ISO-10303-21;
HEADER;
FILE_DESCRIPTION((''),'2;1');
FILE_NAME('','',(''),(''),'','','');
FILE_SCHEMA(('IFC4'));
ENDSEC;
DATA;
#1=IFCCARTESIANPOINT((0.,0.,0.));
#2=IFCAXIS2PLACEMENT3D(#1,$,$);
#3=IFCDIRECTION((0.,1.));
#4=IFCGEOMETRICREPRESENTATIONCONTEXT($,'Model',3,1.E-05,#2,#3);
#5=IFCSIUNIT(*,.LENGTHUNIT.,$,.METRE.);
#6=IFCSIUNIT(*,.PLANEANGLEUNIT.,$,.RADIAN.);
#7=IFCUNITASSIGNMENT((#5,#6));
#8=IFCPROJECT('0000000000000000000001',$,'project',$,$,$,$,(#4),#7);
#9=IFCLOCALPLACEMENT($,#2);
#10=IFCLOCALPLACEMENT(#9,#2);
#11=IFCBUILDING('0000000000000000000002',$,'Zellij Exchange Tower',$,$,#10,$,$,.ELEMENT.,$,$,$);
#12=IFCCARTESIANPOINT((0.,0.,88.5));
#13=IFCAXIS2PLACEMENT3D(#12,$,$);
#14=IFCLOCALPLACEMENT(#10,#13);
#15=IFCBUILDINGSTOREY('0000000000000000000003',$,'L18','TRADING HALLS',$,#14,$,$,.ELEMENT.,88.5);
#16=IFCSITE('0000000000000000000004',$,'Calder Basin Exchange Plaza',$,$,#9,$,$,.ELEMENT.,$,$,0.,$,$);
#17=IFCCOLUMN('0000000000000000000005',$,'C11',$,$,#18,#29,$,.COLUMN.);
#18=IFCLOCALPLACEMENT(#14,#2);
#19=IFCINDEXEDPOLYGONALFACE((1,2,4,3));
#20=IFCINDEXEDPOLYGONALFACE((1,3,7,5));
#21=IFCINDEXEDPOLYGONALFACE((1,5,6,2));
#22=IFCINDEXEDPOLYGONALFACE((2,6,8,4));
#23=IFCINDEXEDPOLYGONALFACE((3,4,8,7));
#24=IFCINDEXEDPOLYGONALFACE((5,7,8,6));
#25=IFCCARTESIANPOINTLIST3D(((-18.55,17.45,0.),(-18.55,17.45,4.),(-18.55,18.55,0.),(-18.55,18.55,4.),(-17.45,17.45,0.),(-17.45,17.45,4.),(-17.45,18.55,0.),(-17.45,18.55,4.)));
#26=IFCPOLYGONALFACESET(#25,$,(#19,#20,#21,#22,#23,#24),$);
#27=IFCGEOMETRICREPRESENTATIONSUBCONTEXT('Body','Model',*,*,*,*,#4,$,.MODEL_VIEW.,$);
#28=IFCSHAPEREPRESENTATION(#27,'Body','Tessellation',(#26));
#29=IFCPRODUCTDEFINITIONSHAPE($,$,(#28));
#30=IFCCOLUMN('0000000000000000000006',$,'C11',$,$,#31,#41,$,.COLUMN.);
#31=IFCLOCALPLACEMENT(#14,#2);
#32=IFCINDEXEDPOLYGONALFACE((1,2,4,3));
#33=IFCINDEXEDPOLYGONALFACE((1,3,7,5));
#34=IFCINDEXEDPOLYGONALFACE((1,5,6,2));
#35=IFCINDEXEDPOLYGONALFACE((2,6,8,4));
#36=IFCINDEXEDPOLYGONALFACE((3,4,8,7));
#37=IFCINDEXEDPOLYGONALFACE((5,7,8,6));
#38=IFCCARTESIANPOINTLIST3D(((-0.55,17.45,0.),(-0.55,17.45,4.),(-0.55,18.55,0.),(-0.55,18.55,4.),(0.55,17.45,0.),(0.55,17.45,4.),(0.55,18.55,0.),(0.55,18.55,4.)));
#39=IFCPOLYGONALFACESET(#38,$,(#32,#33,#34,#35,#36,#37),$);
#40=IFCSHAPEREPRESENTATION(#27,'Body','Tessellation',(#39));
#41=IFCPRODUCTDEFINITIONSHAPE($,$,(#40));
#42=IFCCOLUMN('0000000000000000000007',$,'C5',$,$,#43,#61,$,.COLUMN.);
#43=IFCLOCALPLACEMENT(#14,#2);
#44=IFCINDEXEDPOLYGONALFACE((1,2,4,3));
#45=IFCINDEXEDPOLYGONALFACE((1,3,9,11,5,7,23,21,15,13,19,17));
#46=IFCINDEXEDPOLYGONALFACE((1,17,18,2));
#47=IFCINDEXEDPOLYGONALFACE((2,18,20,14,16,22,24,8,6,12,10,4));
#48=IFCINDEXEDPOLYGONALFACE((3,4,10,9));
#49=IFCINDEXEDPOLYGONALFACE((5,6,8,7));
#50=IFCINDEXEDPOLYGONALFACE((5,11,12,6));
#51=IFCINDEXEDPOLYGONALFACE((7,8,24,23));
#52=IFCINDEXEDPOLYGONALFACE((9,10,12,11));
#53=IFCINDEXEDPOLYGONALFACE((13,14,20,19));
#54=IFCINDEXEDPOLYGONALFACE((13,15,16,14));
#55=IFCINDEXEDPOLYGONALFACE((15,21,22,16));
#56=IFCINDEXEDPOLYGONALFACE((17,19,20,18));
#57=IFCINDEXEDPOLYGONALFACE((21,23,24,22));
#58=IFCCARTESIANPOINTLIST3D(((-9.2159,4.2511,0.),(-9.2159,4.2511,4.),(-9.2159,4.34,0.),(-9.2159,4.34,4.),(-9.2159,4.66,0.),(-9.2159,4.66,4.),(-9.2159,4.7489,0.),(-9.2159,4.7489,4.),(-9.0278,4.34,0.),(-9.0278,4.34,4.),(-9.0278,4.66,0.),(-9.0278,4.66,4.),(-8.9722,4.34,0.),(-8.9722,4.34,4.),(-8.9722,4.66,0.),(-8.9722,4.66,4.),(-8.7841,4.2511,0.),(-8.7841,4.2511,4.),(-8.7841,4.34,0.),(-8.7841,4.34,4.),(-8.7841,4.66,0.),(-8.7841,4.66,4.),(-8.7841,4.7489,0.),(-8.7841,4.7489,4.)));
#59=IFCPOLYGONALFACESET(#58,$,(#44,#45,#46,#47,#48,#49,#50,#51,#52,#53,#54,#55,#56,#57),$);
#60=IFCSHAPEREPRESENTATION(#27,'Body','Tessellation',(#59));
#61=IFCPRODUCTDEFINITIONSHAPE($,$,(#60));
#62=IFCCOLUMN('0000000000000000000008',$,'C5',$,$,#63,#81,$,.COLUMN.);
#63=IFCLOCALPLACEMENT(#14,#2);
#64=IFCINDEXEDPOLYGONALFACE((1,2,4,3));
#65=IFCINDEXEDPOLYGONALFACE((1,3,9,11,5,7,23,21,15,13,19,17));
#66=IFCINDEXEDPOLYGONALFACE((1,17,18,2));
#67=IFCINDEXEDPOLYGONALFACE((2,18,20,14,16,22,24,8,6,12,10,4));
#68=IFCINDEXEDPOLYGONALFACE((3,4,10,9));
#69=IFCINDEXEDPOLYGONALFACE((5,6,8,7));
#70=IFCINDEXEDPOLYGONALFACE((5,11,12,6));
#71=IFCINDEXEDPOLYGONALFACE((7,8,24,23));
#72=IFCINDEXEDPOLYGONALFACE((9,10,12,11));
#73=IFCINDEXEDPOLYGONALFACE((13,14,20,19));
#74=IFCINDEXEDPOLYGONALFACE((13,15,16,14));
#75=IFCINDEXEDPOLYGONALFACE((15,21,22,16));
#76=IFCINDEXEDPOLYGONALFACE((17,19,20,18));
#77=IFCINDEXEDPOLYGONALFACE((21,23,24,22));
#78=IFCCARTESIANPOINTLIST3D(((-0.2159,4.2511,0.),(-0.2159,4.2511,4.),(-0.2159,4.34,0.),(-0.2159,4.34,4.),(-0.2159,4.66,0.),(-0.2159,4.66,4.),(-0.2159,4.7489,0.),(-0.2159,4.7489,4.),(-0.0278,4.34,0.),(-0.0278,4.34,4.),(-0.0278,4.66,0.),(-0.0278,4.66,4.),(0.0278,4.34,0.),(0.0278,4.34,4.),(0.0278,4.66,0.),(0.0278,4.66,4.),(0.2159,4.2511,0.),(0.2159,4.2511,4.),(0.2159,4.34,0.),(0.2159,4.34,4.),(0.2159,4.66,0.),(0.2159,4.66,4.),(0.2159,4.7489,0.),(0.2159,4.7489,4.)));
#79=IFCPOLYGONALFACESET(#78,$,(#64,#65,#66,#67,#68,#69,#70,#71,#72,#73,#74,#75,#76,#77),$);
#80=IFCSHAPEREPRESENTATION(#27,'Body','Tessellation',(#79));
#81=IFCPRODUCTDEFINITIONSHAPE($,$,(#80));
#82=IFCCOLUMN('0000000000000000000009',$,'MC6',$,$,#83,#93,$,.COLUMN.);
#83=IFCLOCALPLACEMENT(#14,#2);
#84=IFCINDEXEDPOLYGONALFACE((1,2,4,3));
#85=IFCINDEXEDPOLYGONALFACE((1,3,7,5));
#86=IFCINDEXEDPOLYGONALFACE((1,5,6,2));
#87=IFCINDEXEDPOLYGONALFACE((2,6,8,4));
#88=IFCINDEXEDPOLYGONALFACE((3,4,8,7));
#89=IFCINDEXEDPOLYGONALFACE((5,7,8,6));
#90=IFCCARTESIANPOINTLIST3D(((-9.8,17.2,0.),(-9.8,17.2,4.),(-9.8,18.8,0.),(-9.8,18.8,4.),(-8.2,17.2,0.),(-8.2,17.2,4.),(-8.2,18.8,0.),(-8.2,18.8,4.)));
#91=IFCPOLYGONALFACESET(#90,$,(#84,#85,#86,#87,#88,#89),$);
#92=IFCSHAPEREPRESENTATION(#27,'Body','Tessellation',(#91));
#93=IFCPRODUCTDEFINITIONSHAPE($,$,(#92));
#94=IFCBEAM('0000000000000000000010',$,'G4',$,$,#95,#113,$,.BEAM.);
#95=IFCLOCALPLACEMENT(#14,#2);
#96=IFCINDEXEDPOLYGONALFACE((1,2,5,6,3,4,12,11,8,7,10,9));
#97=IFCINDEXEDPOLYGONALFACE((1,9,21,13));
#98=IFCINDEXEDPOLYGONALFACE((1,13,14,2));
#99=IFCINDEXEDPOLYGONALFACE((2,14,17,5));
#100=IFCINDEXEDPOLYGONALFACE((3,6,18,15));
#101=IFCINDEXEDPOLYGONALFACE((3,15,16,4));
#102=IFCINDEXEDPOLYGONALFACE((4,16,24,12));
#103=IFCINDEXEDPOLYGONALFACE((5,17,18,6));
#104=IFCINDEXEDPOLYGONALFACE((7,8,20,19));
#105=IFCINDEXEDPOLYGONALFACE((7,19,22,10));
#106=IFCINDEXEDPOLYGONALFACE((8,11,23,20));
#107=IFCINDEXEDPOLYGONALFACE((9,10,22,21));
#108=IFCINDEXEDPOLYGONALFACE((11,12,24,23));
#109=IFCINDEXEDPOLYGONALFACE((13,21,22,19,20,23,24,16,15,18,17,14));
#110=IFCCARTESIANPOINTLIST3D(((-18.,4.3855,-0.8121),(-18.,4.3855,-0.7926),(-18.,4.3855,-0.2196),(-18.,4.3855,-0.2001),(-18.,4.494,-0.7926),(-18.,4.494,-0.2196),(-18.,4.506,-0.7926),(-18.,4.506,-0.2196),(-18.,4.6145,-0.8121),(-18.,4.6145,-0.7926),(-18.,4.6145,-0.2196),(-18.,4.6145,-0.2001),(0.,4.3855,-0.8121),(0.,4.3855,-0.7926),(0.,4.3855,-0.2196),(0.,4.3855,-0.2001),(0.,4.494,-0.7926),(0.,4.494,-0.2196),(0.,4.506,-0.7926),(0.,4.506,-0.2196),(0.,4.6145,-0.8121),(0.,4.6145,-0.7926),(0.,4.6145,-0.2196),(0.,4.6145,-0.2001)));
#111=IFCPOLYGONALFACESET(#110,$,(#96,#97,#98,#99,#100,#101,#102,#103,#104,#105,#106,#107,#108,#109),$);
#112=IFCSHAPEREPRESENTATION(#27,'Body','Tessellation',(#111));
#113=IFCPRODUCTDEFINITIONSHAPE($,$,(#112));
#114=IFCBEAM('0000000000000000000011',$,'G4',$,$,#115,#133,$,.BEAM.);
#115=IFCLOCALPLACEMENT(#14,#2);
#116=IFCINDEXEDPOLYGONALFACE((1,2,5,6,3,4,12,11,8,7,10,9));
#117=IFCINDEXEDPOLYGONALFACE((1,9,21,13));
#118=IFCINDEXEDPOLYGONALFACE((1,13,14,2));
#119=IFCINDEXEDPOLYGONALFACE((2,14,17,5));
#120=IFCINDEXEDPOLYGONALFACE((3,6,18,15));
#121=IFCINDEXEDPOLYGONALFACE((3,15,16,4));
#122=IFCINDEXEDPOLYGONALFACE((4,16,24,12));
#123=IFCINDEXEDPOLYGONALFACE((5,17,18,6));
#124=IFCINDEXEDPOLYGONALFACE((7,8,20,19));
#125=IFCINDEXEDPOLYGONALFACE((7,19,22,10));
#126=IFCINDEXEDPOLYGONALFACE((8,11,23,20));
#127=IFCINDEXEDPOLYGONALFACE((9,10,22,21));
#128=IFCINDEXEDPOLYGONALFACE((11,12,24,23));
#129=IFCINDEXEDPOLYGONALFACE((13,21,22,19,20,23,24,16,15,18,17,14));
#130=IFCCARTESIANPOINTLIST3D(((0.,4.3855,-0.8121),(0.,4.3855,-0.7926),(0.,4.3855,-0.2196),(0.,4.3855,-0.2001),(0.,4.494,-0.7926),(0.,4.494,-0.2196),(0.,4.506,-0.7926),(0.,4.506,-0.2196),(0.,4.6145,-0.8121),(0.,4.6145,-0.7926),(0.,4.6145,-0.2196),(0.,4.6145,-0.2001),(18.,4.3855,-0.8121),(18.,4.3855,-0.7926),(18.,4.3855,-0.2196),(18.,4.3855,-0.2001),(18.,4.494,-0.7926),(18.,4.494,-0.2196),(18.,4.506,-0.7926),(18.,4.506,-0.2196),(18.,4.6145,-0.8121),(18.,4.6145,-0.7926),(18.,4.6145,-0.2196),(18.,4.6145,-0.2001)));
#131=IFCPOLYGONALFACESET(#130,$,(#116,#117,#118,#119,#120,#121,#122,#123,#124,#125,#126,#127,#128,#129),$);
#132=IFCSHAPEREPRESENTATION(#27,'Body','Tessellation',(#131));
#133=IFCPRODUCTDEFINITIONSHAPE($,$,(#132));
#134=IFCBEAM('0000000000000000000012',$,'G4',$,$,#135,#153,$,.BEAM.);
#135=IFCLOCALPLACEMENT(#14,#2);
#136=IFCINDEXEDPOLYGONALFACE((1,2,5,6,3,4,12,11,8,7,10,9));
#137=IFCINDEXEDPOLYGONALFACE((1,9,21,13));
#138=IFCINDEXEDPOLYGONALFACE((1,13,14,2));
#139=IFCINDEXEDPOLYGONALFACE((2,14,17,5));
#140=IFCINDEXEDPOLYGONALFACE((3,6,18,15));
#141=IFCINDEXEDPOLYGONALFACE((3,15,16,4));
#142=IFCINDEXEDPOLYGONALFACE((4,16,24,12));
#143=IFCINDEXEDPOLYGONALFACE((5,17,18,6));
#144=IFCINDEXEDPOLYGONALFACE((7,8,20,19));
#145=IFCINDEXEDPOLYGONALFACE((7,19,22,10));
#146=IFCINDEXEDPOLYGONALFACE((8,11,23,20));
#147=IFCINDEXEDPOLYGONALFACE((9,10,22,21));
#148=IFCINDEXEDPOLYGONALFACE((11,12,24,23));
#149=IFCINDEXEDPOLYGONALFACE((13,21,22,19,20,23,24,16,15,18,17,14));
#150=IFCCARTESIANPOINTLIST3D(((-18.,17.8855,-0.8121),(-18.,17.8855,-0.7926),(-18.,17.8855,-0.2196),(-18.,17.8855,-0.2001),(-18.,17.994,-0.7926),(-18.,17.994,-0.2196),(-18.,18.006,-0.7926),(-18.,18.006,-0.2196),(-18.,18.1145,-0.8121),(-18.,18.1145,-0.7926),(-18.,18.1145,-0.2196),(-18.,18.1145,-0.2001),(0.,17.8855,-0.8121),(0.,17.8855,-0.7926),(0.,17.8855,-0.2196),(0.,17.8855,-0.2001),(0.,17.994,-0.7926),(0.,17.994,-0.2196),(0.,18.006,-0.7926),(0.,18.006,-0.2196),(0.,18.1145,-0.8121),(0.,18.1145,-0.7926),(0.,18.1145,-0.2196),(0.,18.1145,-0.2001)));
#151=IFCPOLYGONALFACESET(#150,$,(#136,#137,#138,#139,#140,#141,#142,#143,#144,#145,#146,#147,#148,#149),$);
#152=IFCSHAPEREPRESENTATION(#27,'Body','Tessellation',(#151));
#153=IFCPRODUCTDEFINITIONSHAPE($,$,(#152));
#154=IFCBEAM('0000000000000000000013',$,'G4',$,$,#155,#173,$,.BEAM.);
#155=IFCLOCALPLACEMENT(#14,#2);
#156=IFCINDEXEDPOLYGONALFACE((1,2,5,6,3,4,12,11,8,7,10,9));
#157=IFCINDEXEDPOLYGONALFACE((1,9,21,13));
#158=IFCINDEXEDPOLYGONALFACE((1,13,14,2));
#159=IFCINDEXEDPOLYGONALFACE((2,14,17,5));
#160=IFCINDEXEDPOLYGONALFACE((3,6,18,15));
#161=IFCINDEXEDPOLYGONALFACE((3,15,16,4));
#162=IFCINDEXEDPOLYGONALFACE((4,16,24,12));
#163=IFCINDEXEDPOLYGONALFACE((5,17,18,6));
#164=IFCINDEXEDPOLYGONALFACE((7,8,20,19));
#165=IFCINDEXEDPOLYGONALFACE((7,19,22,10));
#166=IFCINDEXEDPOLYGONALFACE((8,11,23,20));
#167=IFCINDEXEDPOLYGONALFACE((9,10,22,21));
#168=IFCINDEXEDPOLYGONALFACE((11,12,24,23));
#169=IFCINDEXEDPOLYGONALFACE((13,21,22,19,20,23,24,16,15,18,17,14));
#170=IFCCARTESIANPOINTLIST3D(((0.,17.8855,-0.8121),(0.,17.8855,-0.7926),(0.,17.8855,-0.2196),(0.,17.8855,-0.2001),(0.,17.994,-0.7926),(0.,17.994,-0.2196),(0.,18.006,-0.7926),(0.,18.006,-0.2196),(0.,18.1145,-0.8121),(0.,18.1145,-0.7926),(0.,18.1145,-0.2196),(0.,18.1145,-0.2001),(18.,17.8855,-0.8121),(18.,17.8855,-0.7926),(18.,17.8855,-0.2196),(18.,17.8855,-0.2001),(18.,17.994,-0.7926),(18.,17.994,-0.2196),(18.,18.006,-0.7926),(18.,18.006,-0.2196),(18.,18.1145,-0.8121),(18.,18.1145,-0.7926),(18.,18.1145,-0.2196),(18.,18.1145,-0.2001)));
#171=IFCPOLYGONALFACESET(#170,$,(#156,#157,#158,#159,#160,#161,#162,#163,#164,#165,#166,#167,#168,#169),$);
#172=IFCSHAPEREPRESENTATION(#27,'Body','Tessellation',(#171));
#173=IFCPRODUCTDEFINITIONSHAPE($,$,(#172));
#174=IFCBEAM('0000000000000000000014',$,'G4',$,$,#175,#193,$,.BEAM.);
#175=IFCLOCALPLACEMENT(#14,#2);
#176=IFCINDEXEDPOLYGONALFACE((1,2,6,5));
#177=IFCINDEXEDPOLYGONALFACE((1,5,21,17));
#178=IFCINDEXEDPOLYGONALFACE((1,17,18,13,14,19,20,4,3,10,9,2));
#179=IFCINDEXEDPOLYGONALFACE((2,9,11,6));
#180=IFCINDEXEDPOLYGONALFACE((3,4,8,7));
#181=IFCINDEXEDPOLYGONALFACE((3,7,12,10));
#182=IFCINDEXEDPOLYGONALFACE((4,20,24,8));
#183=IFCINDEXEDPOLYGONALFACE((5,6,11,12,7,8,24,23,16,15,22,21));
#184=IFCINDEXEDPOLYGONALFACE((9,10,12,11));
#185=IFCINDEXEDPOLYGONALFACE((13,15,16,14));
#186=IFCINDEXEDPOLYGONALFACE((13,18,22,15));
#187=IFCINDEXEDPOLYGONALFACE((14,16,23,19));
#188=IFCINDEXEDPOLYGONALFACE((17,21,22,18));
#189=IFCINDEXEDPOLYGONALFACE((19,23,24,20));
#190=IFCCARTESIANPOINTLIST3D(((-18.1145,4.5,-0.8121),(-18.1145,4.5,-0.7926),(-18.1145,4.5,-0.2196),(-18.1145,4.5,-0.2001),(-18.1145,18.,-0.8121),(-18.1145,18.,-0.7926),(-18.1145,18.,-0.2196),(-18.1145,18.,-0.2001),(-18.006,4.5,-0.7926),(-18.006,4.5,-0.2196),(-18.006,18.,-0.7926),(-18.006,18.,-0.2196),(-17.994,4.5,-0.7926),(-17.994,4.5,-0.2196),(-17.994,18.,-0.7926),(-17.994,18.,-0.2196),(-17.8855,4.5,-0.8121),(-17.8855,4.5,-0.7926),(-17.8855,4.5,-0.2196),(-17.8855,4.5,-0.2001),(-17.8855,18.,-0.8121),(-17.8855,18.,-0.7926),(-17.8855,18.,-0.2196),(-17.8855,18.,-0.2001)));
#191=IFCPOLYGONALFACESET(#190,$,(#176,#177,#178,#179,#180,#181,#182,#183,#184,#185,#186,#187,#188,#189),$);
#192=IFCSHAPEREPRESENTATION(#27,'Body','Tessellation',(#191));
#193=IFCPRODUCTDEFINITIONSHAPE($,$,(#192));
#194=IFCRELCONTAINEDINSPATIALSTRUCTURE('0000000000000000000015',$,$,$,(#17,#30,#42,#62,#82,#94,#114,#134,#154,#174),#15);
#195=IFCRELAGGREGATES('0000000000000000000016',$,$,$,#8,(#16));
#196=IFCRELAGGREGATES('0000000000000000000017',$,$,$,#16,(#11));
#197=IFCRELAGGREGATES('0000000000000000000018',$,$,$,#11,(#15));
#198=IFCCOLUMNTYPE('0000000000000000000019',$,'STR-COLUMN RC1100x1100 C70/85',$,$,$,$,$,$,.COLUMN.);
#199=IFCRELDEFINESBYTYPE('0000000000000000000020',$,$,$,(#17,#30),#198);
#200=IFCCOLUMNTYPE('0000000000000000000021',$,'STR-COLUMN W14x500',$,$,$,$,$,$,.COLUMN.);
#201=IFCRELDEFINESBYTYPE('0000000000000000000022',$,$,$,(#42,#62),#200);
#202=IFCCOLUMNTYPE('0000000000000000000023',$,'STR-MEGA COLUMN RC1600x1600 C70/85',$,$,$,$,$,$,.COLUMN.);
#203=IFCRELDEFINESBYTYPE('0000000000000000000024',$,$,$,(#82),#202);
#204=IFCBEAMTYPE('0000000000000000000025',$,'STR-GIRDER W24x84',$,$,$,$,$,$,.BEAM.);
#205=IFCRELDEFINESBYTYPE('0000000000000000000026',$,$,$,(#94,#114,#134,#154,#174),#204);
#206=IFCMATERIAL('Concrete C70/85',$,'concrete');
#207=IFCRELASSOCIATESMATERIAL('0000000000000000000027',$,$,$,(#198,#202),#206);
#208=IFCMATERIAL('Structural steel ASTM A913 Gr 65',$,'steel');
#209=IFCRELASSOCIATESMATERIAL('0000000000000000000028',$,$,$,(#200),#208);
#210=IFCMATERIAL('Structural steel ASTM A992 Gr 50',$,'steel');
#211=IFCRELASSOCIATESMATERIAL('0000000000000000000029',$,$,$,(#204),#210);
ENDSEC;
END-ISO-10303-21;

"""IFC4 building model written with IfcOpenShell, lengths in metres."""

from ifc_helpers import new_model, si_unit, direction, frame, origin, origin_2d, place, context, subcontext, project, spatial, rectangle, i_section, extrude, material, material_profile, profile_set, type_object, element, save


model = new_model("IFC4")

# Units and contexts
model_context = context("Model", 3, precision=1e-05, world=origin(), true_north=direction((0.0, 1.0)))
body_context = subcontext(model_context, "Body", "Model", "MODEL_VIEW")
ifc_project = project(units=[si_unit("LENGTHUNIT", "METRE"), si_unit("PLANEANGLEUNIT", "RADIAN")], contexts=[model_context])

# Site, building, storey
site_placement = place(None, origin())
site = spatial("IfcSite", under=ifc_project, at=site_placement, Name="Calder Basin Exchange Plaza", CompositionType="ELEMENT", RefElevation=0.0)
building_placement = place(site_placement, origin())
building = spatial("IfcBuilding", under=site, at=building_placement, Name="Zellij Exchange Tower", CompositionType="ELEMENT")
storey_placement = place(building_placement, frame((0.0, 0.0, 88.5)))
storey = spatial("IfcBuildingStorey", under=building, at=storey_placement, Name="L18", Description="TRADING HALLS", CompositionType="ELEMENT", Elevation=88.5)

# Columns
ifc_material_1 = material(Name="Concrete C70/85", Category="concrete")
ifc_material_profile_1 = material_profile(ifc_material_1, rectangle(XDim=1.1001, YDim=1.1001, at=origin_2d()), Name="STR-COLUMN RC1100x1100 C70/85")
ifc_profile_set_1 = profile_set([ifc_material_profile_1], Name="Concrete C70/85")
column_type_1 = type_object("IfcColumnType", Name="STR-COLUMN RC1100x1100 C70/85", PredefinedType="COLUMN", material=ifc_profile_set_1)
for number, where, z_axis, x_axis, name in (
    (1, (-18.0, 18.0, 0.0), (0.0, 0.0, 1.0), (1.0, 0.0, 0.0), "C11"),
    (2, (0.0, 18.0, 0.0), (0.0, 0.0, 1.0), (1.0, 0.0, 0.0), "C11"),
):
    element("IfcColumn", number, at=place(storey_placement, frame(where, z_axis=z_axis, x_axis=x_axis)), inside=storey, type_object=column_type_1, Name=name, PredefinedType="COLUMN", context=body_context, shape_type="SweptSolid", body=[
        extrude(rectangle(XDim=1.1001, YDim=1.1001, at=origin_2d()), origin(), (0.0, 0.0, 1.0), 4.0),
    ])
ifc_material_2 = material(Name="Structural steel ASTM A913 Gr 65", Category="steel")
ifc_material_profile_2 = material_profile(ifc_material_2, i_section(OverallWidth=0.4319, OverallDepth=0.4978, WebThickness=0.0557, FlangeThickness=0.0889, at=origin_2d()), Name="W14x500")
ifc_profile_set_2 = profile_set([ifc_material_profile_2], Name="Structural steel ASTM A913 Gr 65")
column_type_2 = type_object("IfcColumnType", Name="STR-COLUMN W14x500", PredefinedType="COLUMN", material=ifc_profile_set_2)
for number, where, z_axis, x_axis, name in (
    (3, (-9.0, 4.5, 0.0), (0.0, 0.0, 1.0), (1.0, 0.0, 0.0), "C5"),
    (4, (0.0, 4.5, 0.0), (0.0, 0.0, 1.0), (1.0, 0.0, 0.0), "C5"),
):
    element("IfcColumn", number, at=place(storey_placement, frame(where, z_axis=z_axis, x_axis=x_axis)), inside=storey, type_object=column_type_2, Name=name, PredefinedType="COLUMN", context=body_context, shape_type="SweptSolid", body=[
        extrude(i_section(OverallWidth=0.4319, OverallDepth=0.4978, WebThickness=0.0557, FlangeThickness=0.0889, at=origin_2d()), origin(), (0.0, 0.0, 1.0), 4.0),
    ])
ifc_material_profile_3 = material_profile(ifc_material_1, rectangle(XDim=1.6001, YDim=1.6001, at=origin_2d()), Name="STR-MEGA COLUMN RC1600x1600 C70/85")
ifc_profile_set_3 = profile_set([ifc_material_profile_3], Name="Concrete C70/85")
column_type_3 = type_object("IfcColumnType", Name="STR-MEGA COLUMN RC1600x1600 C70/85", PredefinedType="COLUMN", material=ifc_profile_set_3)
column_placement = place(storey_placement, frame((-9.0, 18.0, 0.0), z_axis=(0.0, 0.0, 1.0), x_axis=(1.0, 0.0, 0.0)))
element("IfcColumn", 5, at=column_placement, inside=storey, type_object=column_type_3, Name="MC6", PredefinedType="COLUMN", context=body_context, shape_type="SweptSolid", body=[
    extrude(rectangle(XDim=1.6001, YDim=1.6001, at=origin_2d()), origin(), (0.0, 0.0, 1.0), 4.0),
])

# Beams
ifc_material_3 = material(Name="Structural steel ASTM A992 Gr 50", Category="steel")
ifc_material_profile_4 = material_profile(ifc_material_3, i_section(OverallWidth=0.229, OverallDepth=0.6121, WebThickness=0.012, FlangeThickness=0.0195, at=origin_2d()), Name="W24x84")
ifc_profile_set_4 = profile_set([ifc_material_profile_4], Name="Structural steel ASTM A992 Gr 50")
beam_type = type_object("IfcBeamType", Name="STR-GIRDER W24x84", PredefinedType="BEAM", material=ifc_profile_set_4)
for number, where, z_axis, x_axis, name in (
    (6, (-18.0, 4.5, -0.5061), (1.0, 0.0, 0.0), (0.0, 1.0, 0.0), "G4"),
    (7, (0.0, 4.5, -0.5061), (1.0, 0.0, 0.0), (0.0, 1.0, 0.0), "G4"),
    (8, (-18.0, 18.0, -0.5061), (1.0, 0.0, 0.0), (0.0, 1.0, 0.0), "G4"),
    (9, (0.0, 18.0, -0.5061), (1.0, 0.0, 0.0), (0.0, 1.0, 0.0), "G4"),
):
    element("IfcBeam", number, at=place(storey_placement, frame(where, z_axis=z_axis, x_axis=x_axis)), inside=storey, type_object=beam_type, Name=name, PredefinedType="BEAM", context=body_context, shape_type="SweptSolid", body=[
        extrude(i_section(OverallWidth=0.229, OverallDepth=0.6121, WebThickness=0.012, FlangeThickness=0.0195, at=origin_2d()), origin(), (0.0, 0.0, 1.0), 18.0),
    ])
for number, where, z_axis, x_axis, name in (
    (10, (-18.0, 4.5, -0.5061), (0.0, 1.0, 0.0), (-1.0, 0.0, 0.0), "G4"),
):
    element("IfcBeam", number, at=place(storey_placement, frame(where, z_axis=z_axis, x_axis=x_axis)), inside=storey, type_object=beam_type, Name=name, PredefinedType="BEAM", context=body_context, shape_type="SweptSolid", body=[
        extrude(i_section(OverallWidth=0.229, OverallDepth=0.6121, WebThickness=0.012, FlangeThickness=0.0195, at=origin_2d()), origin(), (0.0, 0.0, 1.0), 13.5),
    ])

save(model, "model.ifc")
